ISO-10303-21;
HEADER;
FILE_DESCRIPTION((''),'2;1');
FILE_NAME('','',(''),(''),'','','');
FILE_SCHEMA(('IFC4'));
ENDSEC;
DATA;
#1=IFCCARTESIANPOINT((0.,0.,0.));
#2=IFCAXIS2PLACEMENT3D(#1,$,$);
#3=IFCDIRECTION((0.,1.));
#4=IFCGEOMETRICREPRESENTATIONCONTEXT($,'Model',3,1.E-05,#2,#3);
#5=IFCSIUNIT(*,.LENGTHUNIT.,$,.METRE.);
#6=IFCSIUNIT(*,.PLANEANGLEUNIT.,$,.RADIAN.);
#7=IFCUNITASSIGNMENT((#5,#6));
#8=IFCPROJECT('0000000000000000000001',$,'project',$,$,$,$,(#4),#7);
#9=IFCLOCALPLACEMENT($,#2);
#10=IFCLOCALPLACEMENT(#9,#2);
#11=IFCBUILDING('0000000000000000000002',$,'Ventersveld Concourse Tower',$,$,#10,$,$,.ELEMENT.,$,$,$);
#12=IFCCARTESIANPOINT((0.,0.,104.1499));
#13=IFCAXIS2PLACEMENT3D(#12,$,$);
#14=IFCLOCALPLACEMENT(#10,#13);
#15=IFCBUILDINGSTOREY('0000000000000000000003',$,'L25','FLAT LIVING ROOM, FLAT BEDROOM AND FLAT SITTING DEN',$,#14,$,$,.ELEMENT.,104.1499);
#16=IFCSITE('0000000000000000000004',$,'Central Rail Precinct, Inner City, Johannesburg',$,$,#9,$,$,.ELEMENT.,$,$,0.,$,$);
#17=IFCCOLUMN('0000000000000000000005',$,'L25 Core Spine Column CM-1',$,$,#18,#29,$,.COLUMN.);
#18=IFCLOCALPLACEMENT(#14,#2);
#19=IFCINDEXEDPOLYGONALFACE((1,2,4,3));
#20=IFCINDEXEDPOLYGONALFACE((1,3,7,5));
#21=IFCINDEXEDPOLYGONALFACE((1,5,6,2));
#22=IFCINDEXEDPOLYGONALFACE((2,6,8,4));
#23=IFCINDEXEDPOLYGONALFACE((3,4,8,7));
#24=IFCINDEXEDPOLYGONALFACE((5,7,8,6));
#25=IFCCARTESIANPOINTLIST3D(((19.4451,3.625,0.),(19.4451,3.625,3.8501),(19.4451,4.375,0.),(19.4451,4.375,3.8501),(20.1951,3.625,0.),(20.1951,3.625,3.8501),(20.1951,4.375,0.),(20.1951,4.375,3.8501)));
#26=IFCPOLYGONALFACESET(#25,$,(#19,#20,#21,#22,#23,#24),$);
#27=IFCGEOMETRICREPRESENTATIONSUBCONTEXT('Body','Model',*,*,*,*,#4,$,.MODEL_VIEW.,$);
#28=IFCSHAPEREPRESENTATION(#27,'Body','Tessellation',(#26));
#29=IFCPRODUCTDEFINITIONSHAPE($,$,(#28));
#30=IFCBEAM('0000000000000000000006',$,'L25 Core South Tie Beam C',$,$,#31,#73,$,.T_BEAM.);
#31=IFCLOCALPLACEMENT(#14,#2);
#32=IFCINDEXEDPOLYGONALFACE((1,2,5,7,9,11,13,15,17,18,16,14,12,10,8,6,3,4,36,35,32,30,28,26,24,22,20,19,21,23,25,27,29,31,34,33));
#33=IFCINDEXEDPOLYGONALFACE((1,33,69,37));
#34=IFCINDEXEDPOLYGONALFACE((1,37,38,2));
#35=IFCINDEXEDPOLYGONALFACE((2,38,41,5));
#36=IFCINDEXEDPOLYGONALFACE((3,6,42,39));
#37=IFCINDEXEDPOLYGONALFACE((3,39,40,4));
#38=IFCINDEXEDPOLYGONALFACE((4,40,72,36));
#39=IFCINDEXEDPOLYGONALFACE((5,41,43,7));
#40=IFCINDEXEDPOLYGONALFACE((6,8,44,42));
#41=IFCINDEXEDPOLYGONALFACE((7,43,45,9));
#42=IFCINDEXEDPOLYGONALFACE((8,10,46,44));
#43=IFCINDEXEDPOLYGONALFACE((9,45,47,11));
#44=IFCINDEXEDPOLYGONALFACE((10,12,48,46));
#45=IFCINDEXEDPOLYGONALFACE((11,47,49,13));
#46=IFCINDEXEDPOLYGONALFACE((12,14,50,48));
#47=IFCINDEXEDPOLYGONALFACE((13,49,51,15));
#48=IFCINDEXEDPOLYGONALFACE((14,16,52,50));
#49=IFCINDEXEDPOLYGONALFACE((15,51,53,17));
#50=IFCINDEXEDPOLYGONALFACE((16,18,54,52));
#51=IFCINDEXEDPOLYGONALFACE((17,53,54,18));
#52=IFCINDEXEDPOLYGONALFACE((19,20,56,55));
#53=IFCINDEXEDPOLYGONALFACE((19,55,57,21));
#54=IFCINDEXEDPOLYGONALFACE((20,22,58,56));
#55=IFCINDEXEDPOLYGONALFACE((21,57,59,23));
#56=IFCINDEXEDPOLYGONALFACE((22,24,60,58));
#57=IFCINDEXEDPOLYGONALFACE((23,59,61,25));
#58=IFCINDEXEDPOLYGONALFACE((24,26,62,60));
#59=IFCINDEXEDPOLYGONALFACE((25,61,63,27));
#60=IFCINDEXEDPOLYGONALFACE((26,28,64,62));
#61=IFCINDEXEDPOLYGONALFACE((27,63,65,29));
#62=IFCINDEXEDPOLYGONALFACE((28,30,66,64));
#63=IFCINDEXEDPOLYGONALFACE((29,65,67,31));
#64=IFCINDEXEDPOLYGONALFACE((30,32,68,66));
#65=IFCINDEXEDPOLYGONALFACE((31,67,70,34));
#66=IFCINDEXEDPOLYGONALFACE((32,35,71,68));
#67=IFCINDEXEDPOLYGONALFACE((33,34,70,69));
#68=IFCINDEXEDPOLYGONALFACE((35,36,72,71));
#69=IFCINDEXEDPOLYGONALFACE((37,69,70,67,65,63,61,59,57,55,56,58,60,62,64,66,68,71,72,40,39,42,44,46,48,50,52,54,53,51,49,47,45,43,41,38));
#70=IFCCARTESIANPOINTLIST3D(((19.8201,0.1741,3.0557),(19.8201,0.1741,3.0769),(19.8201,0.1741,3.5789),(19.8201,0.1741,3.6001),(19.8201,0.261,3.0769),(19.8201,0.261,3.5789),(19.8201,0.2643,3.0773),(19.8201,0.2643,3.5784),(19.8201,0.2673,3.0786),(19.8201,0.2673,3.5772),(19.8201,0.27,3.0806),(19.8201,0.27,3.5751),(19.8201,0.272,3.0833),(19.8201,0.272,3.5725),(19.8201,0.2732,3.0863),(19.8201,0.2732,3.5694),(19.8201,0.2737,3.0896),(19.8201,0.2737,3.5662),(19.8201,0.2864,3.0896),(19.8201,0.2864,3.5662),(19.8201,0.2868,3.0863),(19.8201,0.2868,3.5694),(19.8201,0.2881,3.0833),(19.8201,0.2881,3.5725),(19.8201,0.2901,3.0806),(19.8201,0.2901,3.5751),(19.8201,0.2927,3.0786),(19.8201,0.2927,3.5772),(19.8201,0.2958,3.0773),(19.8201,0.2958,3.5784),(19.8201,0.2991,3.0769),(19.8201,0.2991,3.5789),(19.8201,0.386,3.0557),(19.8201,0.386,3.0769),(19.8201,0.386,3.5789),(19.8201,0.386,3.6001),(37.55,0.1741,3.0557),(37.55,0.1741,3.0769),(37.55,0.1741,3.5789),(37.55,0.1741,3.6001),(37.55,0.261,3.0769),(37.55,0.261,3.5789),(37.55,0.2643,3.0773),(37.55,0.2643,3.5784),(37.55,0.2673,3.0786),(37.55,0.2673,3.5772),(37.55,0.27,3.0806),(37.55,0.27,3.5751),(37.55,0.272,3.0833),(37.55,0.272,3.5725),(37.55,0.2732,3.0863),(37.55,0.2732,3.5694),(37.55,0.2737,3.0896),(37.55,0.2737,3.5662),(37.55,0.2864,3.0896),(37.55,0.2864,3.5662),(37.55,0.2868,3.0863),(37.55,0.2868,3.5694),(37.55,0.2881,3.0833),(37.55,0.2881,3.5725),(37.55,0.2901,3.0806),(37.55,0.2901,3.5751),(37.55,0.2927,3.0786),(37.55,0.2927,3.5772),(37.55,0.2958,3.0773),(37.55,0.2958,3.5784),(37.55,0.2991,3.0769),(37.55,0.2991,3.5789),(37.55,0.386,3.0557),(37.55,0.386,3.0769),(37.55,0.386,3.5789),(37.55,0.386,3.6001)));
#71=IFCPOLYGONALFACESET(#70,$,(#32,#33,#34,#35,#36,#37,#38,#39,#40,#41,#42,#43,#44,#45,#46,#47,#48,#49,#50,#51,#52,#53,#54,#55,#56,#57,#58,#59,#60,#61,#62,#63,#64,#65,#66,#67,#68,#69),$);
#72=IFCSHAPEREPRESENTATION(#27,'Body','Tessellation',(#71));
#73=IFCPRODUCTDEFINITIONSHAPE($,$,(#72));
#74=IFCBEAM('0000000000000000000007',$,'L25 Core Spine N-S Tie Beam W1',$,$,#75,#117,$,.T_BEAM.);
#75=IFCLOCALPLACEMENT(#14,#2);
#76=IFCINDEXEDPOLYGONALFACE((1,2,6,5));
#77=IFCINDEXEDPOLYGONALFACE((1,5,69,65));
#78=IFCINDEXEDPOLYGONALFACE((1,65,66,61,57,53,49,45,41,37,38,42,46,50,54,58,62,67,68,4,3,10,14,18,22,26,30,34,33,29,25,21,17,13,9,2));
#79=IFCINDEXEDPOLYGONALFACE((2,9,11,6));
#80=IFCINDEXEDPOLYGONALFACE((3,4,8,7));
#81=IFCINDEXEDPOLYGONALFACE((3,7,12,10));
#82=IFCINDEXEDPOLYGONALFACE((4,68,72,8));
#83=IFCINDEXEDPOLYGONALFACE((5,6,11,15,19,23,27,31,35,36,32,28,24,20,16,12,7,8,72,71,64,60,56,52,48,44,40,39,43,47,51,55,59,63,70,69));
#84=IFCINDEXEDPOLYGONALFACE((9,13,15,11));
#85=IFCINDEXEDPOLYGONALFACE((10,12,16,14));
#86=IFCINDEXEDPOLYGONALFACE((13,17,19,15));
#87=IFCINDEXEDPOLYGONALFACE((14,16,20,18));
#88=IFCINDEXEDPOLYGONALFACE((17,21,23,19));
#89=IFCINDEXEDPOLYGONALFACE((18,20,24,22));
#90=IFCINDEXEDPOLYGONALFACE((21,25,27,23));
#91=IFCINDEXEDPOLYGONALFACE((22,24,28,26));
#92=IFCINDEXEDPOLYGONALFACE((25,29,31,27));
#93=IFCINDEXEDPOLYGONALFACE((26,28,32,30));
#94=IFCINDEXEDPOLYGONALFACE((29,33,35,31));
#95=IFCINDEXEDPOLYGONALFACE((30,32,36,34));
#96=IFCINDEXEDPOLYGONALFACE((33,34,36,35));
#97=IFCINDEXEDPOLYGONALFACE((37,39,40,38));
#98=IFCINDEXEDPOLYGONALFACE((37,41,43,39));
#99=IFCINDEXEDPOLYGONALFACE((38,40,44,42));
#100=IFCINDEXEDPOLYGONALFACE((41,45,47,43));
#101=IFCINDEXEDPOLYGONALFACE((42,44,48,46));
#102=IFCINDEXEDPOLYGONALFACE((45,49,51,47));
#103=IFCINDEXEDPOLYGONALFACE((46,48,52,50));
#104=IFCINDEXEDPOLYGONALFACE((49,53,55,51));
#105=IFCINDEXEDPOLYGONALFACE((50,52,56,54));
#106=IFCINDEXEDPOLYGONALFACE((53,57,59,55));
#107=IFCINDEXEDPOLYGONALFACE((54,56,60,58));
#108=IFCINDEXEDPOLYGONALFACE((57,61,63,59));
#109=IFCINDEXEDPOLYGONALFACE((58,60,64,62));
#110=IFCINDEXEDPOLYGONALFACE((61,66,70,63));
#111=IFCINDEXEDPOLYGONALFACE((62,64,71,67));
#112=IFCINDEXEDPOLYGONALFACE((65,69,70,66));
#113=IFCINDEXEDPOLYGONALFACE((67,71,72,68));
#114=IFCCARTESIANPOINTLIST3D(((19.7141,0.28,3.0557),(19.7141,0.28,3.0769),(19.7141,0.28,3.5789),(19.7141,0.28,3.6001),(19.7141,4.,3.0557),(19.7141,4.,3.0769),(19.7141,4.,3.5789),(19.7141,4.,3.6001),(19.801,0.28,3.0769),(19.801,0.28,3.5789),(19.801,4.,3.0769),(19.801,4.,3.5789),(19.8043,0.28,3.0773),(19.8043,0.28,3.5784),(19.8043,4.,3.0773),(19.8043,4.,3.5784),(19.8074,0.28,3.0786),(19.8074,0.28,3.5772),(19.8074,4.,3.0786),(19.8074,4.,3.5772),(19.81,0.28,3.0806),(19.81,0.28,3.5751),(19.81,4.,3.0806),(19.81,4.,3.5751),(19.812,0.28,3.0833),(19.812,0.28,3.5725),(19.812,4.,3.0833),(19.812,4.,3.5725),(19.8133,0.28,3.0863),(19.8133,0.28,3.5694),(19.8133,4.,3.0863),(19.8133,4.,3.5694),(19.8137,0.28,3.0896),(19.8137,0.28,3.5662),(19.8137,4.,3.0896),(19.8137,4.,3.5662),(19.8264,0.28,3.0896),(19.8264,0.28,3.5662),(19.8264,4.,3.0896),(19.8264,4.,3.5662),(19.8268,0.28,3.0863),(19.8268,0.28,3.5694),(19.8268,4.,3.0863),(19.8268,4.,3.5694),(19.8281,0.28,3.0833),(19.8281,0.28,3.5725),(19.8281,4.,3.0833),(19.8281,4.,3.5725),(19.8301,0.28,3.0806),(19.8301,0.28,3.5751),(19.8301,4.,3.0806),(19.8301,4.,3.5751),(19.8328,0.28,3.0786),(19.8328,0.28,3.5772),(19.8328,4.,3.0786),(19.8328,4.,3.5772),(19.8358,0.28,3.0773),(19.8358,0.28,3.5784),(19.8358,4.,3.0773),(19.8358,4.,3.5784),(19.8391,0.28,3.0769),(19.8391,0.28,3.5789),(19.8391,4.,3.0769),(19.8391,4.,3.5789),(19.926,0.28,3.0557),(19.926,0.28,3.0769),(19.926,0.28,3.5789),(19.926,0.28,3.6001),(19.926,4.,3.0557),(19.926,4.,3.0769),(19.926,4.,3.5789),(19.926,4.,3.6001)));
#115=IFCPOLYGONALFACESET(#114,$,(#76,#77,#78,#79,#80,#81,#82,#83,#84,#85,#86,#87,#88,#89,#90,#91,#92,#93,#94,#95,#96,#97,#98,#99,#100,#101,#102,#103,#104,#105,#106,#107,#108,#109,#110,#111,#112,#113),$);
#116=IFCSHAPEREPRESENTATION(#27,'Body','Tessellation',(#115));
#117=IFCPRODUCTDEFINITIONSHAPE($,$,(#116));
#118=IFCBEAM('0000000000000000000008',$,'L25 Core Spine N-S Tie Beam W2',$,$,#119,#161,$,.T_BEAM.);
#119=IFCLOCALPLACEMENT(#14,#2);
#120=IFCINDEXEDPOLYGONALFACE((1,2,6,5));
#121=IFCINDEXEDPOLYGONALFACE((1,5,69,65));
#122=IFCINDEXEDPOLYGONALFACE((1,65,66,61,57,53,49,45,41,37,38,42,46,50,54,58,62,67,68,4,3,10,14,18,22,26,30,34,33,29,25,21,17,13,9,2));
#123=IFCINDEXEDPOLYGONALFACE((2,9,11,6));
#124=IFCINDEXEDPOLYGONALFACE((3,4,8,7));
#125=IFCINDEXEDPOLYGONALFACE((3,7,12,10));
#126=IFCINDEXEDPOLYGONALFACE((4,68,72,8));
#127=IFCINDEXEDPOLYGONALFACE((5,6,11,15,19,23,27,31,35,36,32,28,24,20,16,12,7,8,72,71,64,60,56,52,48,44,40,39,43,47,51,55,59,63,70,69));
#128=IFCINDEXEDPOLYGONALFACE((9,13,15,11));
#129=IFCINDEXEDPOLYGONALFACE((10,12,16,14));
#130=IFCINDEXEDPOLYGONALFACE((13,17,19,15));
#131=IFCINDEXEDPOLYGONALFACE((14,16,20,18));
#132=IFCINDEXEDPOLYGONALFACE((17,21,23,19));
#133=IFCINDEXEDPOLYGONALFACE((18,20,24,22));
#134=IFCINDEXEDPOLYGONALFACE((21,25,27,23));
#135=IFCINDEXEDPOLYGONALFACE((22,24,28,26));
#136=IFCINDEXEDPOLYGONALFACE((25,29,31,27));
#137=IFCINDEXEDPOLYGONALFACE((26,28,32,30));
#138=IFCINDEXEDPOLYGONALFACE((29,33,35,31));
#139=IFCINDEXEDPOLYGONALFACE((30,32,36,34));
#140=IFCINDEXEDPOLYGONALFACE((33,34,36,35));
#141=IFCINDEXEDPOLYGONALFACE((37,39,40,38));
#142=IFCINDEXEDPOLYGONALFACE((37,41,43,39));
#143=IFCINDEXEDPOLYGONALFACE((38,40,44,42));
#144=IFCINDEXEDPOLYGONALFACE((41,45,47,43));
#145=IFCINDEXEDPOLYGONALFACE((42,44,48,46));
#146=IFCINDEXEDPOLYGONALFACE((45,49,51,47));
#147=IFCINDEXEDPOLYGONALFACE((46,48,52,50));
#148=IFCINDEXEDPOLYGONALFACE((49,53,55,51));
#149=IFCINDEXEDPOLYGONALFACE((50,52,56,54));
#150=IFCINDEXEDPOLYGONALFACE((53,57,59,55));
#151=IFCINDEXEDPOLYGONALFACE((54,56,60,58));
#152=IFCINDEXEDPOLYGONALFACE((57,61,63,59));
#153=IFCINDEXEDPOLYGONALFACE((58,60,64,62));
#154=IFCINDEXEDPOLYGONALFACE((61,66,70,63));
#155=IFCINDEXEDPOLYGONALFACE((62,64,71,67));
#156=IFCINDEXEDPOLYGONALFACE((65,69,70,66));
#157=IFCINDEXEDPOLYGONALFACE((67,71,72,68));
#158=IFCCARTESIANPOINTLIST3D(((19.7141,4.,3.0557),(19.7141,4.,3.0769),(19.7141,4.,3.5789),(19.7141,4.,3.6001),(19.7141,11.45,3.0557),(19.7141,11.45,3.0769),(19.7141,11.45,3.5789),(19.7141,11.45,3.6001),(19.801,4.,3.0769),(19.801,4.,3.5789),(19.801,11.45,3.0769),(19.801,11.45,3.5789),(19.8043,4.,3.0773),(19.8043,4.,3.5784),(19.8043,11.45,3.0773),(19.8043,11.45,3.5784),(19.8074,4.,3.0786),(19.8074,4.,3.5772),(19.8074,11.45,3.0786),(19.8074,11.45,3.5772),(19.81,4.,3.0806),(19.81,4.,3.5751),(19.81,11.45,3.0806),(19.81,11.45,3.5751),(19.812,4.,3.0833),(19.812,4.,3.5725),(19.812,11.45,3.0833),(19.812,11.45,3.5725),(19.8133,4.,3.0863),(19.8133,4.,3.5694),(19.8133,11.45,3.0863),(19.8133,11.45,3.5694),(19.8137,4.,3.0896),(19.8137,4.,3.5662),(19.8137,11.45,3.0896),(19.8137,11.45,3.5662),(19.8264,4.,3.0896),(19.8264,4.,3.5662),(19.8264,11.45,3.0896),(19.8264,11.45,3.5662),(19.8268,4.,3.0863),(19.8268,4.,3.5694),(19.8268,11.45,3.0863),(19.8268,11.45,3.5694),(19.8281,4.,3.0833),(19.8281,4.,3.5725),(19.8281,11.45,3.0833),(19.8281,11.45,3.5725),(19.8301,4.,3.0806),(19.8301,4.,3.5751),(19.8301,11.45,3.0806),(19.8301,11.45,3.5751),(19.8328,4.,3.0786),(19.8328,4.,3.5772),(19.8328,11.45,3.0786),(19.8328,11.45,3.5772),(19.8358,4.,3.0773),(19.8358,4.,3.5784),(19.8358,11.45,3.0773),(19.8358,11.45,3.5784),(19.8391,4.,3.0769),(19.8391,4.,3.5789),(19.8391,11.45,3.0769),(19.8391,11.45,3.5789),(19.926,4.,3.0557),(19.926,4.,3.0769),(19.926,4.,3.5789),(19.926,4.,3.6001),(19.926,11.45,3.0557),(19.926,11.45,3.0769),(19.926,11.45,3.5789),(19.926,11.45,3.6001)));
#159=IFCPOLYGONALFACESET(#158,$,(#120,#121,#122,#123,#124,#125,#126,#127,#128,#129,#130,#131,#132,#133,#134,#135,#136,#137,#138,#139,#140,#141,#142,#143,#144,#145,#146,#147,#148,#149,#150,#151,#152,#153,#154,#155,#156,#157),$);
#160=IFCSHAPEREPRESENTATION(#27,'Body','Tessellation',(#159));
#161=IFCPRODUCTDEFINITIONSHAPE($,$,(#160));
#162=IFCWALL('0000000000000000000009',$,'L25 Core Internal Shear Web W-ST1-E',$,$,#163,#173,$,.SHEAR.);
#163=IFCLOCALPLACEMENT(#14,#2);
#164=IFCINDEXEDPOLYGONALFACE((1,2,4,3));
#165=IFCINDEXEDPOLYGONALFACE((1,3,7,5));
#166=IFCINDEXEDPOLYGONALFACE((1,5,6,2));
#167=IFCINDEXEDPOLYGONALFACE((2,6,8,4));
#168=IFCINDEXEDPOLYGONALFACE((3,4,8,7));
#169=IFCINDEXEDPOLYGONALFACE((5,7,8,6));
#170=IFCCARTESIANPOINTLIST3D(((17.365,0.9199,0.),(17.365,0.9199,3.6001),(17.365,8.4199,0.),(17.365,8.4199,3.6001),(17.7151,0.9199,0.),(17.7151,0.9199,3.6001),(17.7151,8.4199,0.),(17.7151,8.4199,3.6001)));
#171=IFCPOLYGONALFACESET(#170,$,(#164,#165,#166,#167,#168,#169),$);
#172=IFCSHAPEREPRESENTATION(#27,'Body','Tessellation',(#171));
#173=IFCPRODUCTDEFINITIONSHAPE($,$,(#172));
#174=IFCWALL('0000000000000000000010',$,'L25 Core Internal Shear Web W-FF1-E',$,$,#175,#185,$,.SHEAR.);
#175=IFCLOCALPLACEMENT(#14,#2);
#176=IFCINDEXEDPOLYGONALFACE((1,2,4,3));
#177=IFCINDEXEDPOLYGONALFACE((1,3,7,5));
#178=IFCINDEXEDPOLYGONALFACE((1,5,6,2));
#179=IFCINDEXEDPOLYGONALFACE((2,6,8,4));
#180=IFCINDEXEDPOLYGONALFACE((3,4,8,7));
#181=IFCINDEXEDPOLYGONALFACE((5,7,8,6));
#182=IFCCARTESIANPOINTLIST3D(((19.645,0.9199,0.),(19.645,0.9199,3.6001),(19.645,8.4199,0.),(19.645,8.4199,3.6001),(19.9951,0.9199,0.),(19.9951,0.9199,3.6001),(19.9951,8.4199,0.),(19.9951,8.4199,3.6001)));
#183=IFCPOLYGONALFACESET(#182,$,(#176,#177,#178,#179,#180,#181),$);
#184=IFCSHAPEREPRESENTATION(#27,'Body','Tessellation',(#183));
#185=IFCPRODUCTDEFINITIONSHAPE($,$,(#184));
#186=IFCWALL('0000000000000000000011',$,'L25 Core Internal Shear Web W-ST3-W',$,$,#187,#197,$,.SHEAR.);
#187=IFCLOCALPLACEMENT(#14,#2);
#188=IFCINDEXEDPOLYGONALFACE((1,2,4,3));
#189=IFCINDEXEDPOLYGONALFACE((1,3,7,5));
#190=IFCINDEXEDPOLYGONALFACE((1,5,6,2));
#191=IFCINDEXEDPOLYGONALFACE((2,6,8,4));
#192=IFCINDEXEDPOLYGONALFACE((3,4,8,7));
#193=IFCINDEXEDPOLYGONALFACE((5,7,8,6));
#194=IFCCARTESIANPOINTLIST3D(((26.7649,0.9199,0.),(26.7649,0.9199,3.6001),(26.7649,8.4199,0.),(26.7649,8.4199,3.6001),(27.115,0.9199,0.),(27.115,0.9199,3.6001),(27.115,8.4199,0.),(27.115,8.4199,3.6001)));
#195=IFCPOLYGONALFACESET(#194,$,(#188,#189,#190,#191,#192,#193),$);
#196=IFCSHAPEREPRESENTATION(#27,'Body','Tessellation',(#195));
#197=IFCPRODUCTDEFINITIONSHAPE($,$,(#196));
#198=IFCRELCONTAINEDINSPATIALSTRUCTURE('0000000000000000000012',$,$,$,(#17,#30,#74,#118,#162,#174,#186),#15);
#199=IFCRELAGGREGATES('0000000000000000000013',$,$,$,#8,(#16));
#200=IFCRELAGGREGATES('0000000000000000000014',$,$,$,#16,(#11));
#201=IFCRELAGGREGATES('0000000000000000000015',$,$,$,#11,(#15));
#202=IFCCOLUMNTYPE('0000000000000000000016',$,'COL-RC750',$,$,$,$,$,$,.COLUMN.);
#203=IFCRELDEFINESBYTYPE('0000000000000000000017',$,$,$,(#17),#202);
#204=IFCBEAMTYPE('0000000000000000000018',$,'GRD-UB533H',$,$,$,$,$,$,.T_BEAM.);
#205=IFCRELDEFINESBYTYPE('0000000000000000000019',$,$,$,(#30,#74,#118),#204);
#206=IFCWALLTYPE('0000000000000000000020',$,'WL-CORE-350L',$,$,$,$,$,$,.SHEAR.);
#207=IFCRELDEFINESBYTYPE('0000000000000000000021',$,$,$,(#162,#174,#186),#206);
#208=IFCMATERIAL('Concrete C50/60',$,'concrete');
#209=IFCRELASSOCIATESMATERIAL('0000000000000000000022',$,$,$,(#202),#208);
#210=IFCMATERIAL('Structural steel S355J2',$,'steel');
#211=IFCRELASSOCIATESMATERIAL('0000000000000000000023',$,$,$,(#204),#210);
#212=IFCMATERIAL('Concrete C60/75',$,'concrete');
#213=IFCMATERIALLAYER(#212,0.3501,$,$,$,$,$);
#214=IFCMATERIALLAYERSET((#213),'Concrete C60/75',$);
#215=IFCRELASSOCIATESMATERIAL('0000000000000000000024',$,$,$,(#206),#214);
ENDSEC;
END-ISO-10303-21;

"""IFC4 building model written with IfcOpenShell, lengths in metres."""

from ifc_helpers import new_model, si_unit, direction, frame, frame_2d, origin, origin_2d, place, context, subcontext, project, spatial, rectangle, i_section, extrude, material, layer, layer_set, material_profile, profile_set, type_object, element, save


model = new_model("IFC4")

# Units and contexts
model_context = context("Model", 3, precision=1e-05, world=origin(), true_north=direction((0.0, 1.0)))
body_context = subcontext(model_context, "Body", "Model", "MODEL_VIEW")
ifc_project = project(units=[si_unit("LENGTHUNIT", "METRE"), si_unit("PLANEANGLEUNIT", "RADIAN")], contexts=[model_context])

# Site, building, storey
site_placement = place(None, origin())
site = spatial("IfcSite", under=ifc_project, at=site_placement, Name="Central Rail Precinct, Inner City, Johannesburg", CompositionType="ELEMENT", RefElevation=0.0)
building_placement = place(site_placement, origin())
building = spatial("IfcBuilding", under=site, at=building_placement, Name="Ventersveld Concourse Tower", CompositionType="ELEMENT")
storey_placement = place(building_placement, frame((0.0, 0.0, 104.1499)))
storey = spatial("IfcBuildingStorey", under=building, at=storey_placement, Name="L25", Description="FLAT LIVING ROOM, FLAT BEDROOM AND FLAT SITTING DEN", CompositionType="ELEMENT", Elevation=104.1499)

# Column
ifc_material_1 = material(Name="Concrete C50/60", Category="concrete")
ifc_material_profile_1 = material_profile(ifc_material_1, rectangle(XDim=0.75, YDim=0.75, at=origin_2d()), Name="RC 750x750")
ifc_profile_set_1 = profile_set([ifc_material_profile_1], Name="Concrete C50/60")
column_type = type_object("IfcColumnType", Name="COL-RC750", PredefinedType="COLUMN", material=ifc_profile_set_1)
column_placement = place(storey_placement, frame((19.8201, 4.0, 0.0), z_axis=(0.0, 0.0, 1.0), x_axis=(1.0, 0.0, 0.0)))
element("IfcColumn", 1, at=column_placement, inside=storey, type_object=column_type, Name="L25 Core Spine Column CM-1", PredefinedType="COLUMN", context=body_context, shape_type="SweptSolid", body=[
    extrude(rectangle(XDim=0.75, YDim=0.75, at=origin_2d()), origin(), (0.0, 0.0, 1.0), 3.8501),
])

# Beams
ifc_material_2 = material(Name="Structural steel S355J2", Category="steel")
ifc_material_profile_2 = material_profile(ifc_material_2, i_section(OverallWidth=0.2119, OverallDepth=0.5444, WebThickness=0.0127, FlangeThickness=0.0212, FilletRadius=0.0127, at=origin_2d()), Name="UB 533x210x122")
ifc_profile_set_2 = profile_set([ifc_material_profile_2], Name="Structural steel S355J2")
beam_type = type_object("IfcBeamType", Name="GRD-UB533H", PredefinedType="T_BEAM", material=ifc_profile_set_2)
beam_1_placement = place(storey_placement, frame((19.8201, 0.28, 3.3279), z_axis=(1.0, 0.0, 0.0), x_axis=(0.0, 1.0, 0.0)))
element("IfcBeam", 2, at=beam_1_placement, inside=storey, type_object=beam_type, Name="L25 Core South Tie Beam C", PredefinedType="T_BEAM", context=body_context, shape_type="SweptSolid", body=[
    extrude(i_section(OverallWidth=0.2119, OverallDepth=0.5444, WebThickness=0.0127, FlangeThickness=0.0212, FilletRadius=0.0127, at=origin_2d()), origin(), (0.0, 0.0, 1.0), 17.73),
])
beam_2_placement = place(storey_placement, frame((19.8201, 0.28, 3.3279), z_axis=(0.0, 1.0, 0.0), x_axis=(-1.0, 0.0, 0.0)))
element("IfcBeam", 3, at=beam_2_placement, inside=storey, type_object=beam_type, Name="L25 Core Spine N-S Tie Beam W1", PredefinedType="T_BEAM", context=body_context, shape_type="SweptSolid", body=[
    extrude(i_section(OverallWidth=0.2119, OverallDepth=0.5444, WebThickness=0.0127, FlangeThickness=0.0212, FilletRadius=0.0127, at=origin_2d()), origin(), (0.0, 0.0, 1.0), 3.72),
])
beam_3_placement = place(storey_placement, frame((19.8201, 4.0, 3.3279), z_axis=(0.0, 1.0, 0.0), x_axis=(-1.0, 0.0, 0.0)))
element("IfcBeam", 4, at=beam_3_placement, inside=storey, type_object=beam_type, Name="L25 Core Spine N-S Tie Beam W2", PredefinedType="T_BEAM", context=body_context, shape_type="SweptSolid", body=[
    extrude(i_section(OverallWidth=0.2119, OverallDepth=0.5444, WebThickness=0.0127, FlangeThickness=0.0212, FilletRadius=0.0127, at=origin_2d()), origin(), (0.0, 0.0, 1.0), 7.45),
])

# Walls
ifc_material_3 = material(Name="Concrete C60/75", Category="concrete")
ifc_layer_1 = layer(ifc_material_3, 0.3501)
ifc_layer_set_1 = layer_set([ifc_layer_1], Name="Concrete C60/75")
wall_type_1 = type_object("IfcWallType", Name="WL-CORE-350L", PredefinedType="SHEAR", material=ifc_layer_set_1)
for number, where, z_axis, x_axis, name in (
    (5, (17.54, 0.9199, 0.0), (0.0, 0.0, 1.0), (0.0, 1.0, 0.0), "L25 Core Internal Shear Web W-ST1-E"),
    (6, (19.8201, 0.9199, 0.0), (0.0, 0.0, 1.0), (0.0, 1.0, 0.0), "L25 Core Internal Shear Web W-FF1-E"),
    (7, (26.9399, 0.9199, 0.0), (0.0, 0.0, 1.0), (0.0, 1.0, 0.0), "L25 Core Internal Shear Web W-ST3-W"),
):
    element("IfcWall", number, at=place(storey_placement, frame(where, z_axis=z_axis, x_axis=x_axis)), inside=storey, type_object=wall_type_1, Name=name, PredefinedType="SHEAR", context=body_context, shape_type="SweptSolid", body=[
        extrude(rectangle(XDim=7.5, YDim=0.3501, at=frame_2d((3.75, 0.0))), origin(), (0.0, 0.0, 1.0), 3.6001),
    ])

save(model, "model.ifc")
